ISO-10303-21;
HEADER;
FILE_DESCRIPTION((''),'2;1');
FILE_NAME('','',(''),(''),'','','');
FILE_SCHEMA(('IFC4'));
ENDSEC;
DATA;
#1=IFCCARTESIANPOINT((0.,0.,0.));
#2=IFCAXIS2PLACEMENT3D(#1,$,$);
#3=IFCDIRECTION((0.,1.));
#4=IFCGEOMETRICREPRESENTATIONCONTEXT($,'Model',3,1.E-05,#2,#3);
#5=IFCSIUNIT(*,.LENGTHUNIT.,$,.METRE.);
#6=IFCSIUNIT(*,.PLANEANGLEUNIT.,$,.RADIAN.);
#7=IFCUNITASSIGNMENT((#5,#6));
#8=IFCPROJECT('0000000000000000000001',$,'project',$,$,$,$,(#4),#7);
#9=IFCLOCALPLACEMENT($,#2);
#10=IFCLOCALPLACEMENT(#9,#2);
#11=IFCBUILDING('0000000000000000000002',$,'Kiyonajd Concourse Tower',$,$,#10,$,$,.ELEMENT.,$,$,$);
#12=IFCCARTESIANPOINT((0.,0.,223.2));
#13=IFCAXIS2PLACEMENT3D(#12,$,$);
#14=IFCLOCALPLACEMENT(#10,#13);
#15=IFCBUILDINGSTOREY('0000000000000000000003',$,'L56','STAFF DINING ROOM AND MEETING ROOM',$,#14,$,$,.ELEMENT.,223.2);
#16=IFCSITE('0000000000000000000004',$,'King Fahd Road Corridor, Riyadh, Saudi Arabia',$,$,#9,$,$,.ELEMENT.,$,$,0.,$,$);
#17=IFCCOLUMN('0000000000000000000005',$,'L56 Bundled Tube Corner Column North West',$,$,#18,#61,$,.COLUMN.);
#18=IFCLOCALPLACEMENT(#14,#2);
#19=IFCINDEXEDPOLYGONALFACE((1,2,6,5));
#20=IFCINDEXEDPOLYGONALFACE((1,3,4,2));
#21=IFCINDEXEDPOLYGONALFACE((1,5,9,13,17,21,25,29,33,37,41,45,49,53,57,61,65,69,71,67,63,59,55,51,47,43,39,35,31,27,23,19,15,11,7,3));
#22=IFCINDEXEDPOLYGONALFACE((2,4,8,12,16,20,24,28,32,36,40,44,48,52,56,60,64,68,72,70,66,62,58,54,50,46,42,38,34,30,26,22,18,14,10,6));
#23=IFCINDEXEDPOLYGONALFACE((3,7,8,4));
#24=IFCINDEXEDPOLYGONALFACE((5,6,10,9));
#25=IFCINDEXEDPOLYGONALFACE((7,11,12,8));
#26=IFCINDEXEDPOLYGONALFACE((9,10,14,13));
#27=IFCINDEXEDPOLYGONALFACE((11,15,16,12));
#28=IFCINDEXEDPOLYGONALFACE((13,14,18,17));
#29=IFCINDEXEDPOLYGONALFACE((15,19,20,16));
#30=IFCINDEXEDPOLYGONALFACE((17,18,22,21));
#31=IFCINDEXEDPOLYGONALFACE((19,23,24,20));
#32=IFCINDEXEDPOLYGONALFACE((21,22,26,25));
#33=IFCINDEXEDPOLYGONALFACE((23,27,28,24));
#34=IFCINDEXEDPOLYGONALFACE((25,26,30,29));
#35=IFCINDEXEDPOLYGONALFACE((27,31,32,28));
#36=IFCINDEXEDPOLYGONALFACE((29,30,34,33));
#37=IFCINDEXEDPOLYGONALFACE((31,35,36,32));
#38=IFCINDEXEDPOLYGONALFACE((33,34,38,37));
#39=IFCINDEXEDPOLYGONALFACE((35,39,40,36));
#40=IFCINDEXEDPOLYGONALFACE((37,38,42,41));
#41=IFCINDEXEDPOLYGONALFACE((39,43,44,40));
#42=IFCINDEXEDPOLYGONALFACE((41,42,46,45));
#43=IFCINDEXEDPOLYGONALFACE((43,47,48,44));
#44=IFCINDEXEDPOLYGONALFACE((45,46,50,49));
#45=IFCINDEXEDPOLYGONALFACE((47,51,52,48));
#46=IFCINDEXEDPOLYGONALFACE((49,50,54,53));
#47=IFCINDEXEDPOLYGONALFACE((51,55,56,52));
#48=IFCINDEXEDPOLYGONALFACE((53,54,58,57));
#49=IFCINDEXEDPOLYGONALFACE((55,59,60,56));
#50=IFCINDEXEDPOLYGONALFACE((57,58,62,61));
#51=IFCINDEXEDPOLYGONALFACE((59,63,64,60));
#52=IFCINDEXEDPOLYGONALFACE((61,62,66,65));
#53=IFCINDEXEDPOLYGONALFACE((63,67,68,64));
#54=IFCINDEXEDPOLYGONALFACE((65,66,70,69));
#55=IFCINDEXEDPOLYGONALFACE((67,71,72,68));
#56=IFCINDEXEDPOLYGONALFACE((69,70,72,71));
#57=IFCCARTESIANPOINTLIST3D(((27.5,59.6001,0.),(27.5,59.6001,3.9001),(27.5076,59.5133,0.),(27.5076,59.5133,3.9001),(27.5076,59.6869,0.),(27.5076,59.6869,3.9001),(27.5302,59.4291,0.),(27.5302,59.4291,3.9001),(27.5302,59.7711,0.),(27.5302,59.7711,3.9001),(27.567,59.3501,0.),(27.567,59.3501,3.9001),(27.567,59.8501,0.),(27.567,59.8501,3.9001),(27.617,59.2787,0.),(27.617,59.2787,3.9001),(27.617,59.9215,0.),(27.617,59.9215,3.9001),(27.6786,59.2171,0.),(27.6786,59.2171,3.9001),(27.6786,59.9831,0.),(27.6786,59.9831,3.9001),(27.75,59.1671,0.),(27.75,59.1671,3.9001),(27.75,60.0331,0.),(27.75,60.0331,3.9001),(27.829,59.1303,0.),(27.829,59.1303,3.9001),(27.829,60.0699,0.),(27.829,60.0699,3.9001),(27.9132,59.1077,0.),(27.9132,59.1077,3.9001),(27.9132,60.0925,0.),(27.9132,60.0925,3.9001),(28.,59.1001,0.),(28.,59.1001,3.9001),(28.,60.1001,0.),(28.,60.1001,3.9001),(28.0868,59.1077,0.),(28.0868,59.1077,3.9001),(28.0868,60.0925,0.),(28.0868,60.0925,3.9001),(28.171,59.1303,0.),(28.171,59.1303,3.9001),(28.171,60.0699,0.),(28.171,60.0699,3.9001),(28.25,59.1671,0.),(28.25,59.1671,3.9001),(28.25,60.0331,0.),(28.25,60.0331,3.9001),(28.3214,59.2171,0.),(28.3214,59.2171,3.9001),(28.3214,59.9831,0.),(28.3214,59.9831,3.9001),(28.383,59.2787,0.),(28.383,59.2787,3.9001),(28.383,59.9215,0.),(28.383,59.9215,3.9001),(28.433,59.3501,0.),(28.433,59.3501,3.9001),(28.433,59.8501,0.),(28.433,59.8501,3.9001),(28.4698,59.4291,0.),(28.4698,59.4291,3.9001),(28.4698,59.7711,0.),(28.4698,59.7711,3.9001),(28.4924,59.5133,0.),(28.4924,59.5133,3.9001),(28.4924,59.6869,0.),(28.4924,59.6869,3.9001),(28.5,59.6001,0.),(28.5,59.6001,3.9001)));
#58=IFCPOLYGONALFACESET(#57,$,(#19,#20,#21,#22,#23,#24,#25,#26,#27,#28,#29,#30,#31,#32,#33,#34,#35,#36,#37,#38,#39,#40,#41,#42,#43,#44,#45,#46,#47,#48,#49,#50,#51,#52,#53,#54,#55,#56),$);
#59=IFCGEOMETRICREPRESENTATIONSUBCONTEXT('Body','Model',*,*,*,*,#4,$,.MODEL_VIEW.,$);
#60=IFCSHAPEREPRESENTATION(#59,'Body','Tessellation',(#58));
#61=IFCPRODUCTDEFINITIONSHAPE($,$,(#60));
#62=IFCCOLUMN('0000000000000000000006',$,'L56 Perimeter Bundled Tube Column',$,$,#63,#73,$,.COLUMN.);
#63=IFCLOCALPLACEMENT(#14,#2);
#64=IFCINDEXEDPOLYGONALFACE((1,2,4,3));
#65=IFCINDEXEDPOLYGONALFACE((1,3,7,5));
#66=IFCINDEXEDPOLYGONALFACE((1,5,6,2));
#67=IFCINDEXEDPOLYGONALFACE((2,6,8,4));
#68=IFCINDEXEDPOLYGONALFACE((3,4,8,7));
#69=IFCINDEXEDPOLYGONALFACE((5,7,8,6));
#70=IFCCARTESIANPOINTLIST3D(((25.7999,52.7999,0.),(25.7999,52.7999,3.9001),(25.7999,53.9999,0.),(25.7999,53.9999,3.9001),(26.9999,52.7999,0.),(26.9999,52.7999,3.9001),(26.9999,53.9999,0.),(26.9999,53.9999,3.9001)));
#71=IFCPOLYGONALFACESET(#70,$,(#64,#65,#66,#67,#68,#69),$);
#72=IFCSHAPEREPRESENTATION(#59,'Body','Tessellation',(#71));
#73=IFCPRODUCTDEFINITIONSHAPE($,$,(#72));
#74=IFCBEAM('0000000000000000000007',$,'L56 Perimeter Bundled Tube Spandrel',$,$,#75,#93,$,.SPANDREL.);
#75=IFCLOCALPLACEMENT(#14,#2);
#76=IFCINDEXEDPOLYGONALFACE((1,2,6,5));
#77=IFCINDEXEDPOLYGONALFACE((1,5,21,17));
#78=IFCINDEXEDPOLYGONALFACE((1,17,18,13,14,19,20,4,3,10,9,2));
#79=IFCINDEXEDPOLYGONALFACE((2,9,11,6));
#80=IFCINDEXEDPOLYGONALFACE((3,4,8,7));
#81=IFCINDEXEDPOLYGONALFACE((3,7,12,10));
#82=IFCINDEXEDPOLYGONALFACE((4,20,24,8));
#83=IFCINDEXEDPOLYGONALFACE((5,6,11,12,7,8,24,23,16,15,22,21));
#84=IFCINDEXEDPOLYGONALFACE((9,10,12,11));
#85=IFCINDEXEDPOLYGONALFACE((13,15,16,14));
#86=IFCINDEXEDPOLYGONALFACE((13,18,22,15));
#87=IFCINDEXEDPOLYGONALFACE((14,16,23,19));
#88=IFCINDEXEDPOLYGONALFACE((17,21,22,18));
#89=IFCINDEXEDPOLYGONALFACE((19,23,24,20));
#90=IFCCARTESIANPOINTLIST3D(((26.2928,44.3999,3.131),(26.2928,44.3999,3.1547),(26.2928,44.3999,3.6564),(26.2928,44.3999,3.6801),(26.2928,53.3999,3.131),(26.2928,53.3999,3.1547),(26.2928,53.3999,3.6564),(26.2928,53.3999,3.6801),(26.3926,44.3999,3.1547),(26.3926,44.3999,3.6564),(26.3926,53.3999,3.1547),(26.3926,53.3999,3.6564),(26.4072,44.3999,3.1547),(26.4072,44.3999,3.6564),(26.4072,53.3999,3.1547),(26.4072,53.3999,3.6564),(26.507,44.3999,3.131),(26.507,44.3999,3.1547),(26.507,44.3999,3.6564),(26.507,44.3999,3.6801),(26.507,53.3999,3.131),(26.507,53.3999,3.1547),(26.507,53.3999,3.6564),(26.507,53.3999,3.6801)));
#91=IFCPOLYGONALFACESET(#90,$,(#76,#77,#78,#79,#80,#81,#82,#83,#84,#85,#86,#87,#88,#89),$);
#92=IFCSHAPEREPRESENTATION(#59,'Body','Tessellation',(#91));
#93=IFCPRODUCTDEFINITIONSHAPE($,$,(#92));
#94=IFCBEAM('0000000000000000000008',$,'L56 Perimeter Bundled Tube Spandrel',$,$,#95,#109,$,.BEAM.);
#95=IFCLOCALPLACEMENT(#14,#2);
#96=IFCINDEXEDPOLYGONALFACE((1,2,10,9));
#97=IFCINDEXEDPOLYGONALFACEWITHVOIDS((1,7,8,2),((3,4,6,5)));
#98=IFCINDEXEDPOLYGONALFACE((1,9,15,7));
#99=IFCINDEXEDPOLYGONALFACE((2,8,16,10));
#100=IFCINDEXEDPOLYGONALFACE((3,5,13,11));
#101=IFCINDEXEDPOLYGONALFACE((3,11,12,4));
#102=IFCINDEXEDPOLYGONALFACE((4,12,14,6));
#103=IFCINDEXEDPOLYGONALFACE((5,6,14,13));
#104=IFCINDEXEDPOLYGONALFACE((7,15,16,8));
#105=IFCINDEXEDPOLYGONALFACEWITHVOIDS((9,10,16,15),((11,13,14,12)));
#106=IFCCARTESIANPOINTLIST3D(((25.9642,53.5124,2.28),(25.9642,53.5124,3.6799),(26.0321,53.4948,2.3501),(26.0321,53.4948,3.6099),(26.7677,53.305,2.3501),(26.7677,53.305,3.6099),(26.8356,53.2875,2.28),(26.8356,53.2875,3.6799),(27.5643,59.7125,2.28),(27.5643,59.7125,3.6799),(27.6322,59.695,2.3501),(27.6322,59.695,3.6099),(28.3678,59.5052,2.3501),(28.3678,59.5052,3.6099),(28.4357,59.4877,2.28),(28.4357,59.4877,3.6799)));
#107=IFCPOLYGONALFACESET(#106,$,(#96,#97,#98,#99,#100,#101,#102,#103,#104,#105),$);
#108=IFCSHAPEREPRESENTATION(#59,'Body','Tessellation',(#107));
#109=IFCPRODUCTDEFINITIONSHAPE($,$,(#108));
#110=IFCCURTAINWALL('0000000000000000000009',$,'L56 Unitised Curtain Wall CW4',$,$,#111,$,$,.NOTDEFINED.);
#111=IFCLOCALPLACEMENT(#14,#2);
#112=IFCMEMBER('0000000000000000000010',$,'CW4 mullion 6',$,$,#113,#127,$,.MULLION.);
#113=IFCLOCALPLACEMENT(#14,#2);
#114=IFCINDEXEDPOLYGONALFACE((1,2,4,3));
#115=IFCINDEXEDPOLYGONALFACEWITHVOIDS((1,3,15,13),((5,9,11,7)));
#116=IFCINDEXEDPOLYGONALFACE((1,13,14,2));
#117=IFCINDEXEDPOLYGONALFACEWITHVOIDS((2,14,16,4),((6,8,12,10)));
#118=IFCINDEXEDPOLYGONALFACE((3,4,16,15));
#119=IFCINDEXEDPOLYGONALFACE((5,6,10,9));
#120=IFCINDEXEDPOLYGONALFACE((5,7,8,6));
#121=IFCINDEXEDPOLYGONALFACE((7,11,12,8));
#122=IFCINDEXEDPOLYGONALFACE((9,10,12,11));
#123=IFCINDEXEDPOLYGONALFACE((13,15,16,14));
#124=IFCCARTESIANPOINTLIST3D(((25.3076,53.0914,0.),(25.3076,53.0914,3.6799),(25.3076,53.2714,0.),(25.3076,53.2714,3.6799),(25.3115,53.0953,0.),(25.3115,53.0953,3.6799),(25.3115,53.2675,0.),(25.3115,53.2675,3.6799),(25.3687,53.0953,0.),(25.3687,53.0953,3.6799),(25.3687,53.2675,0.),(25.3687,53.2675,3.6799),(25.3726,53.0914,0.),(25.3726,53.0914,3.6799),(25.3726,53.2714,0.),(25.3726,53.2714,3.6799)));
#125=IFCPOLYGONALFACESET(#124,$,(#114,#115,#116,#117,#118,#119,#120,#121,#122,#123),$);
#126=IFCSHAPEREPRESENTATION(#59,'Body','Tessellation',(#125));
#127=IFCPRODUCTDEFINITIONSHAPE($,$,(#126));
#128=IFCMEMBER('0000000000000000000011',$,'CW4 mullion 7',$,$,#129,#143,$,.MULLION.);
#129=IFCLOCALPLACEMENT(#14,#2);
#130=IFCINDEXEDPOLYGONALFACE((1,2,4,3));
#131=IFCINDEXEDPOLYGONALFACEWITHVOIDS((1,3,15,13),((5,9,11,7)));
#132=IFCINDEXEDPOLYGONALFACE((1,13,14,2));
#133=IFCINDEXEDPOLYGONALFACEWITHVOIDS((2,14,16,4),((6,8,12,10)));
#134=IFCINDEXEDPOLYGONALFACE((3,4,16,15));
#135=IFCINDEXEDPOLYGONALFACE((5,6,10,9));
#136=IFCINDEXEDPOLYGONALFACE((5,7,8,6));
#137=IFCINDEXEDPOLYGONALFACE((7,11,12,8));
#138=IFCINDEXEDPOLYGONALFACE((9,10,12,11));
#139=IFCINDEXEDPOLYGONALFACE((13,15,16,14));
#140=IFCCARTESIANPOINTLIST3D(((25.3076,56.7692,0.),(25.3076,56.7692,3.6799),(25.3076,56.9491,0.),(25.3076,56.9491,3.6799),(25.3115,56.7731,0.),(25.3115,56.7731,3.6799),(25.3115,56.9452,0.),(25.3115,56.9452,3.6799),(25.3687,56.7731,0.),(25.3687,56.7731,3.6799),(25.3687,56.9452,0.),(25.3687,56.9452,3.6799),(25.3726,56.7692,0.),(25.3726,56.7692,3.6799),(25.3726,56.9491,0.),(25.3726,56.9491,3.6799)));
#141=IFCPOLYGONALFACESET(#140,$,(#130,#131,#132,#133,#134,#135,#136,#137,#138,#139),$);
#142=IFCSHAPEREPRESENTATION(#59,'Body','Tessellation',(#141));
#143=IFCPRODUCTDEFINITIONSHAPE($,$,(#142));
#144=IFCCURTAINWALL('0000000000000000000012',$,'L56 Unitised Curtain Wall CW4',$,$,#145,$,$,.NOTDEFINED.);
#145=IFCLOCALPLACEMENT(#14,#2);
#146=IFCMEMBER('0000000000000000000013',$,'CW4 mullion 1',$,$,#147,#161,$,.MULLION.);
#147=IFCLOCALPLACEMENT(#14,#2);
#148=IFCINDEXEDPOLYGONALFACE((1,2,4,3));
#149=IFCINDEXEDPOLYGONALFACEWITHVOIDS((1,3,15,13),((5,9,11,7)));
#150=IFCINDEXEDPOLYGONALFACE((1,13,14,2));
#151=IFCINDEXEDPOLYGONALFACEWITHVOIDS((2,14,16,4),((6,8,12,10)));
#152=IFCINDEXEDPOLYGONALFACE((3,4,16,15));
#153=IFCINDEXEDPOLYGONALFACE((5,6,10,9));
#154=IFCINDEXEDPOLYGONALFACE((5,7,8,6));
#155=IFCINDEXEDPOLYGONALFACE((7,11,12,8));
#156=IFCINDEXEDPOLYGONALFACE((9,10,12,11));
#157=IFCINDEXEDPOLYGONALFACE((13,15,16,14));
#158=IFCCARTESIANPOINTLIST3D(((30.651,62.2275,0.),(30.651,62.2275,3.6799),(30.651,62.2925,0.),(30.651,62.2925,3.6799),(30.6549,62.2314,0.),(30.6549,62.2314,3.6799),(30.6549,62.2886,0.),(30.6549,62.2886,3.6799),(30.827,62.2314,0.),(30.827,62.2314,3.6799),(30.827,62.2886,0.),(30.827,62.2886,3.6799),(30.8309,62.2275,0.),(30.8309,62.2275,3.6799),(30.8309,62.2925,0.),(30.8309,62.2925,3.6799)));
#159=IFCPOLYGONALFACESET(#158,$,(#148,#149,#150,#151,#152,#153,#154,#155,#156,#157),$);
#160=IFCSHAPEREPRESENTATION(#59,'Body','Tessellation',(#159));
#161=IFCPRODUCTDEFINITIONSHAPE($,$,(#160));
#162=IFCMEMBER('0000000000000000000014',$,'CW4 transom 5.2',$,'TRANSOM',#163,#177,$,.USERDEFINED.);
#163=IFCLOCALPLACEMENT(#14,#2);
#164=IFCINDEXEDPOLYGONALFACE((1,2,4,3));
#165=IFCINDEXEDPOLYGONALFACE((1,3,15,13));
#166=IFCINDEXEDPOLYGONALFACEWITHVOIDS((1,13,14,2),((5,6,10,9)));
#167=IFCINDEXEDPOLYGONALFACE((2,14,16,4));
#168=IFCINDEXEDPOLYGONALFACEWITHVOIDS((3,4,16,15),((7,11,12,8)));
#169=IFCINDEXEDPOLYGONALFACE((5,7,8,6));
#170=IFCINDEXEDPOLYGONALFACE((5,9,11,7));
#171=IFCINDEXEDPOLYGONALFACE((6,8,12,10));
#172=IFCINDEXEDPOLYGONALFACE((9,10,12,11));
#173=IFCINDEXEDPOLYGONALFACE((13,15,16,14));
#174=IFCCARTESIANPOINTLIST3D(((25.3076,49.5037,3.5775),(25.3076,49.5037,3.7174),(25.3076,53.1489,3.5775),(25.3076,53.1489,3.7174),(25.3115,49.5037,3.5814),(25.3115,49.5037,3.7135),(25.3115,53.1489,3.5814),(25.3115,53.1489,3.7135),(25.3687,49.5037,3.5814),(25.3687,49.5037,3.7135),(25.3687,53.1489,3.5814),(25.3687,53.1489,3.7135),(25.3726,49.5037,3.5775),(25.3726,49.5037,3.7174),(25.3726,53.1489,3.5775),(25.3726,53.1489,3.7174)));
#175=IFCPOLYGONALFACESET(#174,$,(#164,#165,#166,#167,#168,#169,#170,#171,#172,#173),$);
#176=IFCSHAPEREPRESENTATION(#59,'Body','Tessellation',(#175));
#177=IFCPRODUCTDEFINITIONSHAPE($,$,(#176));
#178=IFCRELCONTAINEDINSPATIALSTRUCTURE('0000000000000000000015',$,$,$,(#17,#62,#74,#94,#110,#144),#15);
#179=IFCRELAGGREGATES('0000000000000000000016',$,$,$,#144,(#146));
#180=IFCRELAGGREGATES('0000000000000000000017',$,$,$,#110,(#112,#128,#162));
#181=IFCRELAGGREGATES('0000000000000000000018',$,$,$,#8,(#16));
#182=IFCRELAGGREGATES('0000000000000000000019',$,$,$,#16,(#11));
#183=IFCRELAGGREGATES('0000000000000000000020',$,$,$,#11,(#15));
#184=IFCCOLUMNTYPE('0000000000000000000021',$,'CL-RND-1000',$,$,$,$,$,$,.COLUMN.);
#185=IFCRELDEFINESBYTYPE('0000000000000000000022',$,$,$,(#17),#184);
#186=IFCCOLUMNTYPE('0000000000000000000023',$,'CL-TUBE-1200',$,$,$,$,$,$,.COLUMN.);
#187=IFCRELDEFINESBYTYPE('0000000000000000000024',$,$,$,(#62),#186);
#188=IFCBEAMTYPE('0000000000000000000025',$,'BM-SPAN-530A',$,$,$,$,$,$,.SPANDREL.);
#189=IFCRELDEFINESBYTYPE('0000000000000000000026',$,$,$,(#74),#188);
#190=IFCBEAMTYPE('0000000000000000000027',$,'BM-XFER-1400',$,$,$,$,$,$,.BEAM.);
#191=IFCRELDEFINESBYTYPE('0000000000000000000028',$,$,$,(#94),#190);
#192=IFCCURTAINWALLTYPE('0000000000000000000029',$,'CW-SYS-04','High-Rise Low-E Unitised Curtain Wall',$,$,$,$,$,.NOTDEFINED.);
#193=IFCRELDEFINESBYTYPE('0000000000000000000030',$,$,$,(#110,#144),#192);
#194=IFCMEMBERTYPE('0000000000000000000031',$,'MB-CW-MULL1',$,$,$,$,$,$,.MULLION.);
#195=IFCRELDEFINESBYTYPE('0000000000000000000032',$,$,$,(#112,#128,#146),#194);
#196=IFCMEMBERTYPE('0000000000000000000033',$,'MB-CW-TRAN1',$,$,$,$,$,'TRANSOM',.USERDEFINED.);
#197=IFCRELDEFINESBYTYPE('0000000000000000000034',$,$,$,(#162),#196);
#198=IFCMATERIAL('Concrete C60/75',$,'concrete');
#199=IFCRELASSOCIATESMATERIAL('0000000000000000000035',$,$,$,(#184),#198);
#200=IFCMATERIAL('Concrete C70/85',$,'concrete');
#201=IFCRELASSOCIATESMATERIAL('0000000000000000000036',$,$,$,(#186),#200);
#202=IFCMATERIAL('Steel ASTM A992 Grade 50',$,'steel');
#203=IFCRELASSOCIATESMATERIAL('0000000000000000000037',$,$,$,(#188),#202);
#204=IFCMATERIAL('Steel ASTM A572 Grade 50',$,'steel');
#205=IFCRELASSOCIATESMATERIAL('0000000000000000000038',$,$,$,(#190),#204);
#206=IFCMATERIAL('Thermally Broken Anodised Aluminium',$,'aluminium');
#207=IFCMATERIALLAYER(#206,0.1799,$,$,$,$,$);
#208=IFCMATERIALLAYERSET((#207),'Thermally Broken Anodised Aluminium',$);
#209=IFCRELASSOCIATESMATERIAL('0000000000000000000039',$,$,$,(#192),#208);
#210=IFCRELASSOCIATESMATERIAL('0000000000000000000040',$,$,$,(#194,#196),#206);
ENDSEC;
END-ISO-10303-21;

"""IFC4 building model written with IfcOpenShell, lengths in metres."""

from ifc_helpers import new_model, si_unit, direction, frame, origin, origin_2d, place, context, subcontext, project, spatial, rectangle, hollow_rectangle, circle, i_section, extrude, material, layer, layer_set, material_profile, profile_set, type_object, element, aggregate, save


model = new_model("IFC4")

# Units and contexts
model_context = context("Model", 3, precision=1e-05, world=origin(), true_north=direction((0.0, 1.0)))
body_context = subcontext(model_context, "Body", "Model", "MODEL_VIEW")
ifc_project = project(units=[si_unit("LENGTHUNIT", "METRE"), si_unit("PLANEANGLEUNIT", "RADIAN")], contexts=[model_context])

# Site, building, storey
site_placement = place(None, origin())
site = spatial("IfcSite", under=ifc_project, at=site_placement, Name="King Fahd Road Corridor, Riyadh, Saudi Arabia", CompositionType="ELEMENT", RefElevation=0.0)
building_placement = place(site_placement, origin())
building = spatial("IfcBuilding", under=site, at=building_placement, Name="Kiyonajd Concourse Tower", CompositionType="ELEMENT")
storey_placement = place(building_placement, frame((0.0, 0.0, 223.2)))
storey = spatial("IfcBuildingStorey", under=building, at=storey_placement, Name="L56", Description="STAFF DINING ROOM AND MEETING ROOM", CompositionType="ELEMENT", Elevation=223.2)

# Columns
ifc_material_1 = material(Name="Concrete C60/75", Category="concrete")
ifc_material_profile_1 = material_profile(ifc_material_1, circle(Radius=0.5, at=origin_2d()), Name="RCC-D1000")
ifc_profile_set_1 = profile_set([ifc_material_profile_1], Name="Concrete C60/75")
column_type_1 = type_object("IfcColumnType", Name="CL-RND-1000", PredefinedType="COLUMN", material=ifc_profile_set_1)
column_1_placement = place(storey_placement, frame((28.0, 59.6001, 0.0), z_axis=(0.0, 0.0, 1.0), x_axis=(1.0, 0.0, 0.0)))
element("IfcColumn", 1, at=column_1_placement, inside=storey, type_object=column_type_1, Name="L56 Bundled Tube Corner Column North West", PredefinedType="COLUMN", context=body_context, shape_type="SweptSolid", body=[
    extrude(circle(Radius=0.5, at=origin_2d()), origin(), (0.0, 0.0, 1.0), 3.9001),
])
ifc_material_2 = material(Name="Concrete C70/85", Category="concrete")
ifc_material_profile_2 = material_profile(ifc_material_2, rectangle(XDim=1.2, YDim=1.2, at=origin_2d()), Name="RC-1200x1200")
ifc_profile_set_2 = profile_set([ifc_material_profile_2], Name="Concrete C70/85")
column_type_2 = type_object("IfcColumnType", Name="CL-TUBE-1200", PredefinedType="COLUMN", material=ifc_profile_set_2)
column_2_placement = place(storey_placement, frame((26.3999, 53.3999, 0.0), z_axis=(0.0, 0.0, 1.0), x_axis=(1.0, 0.0, 0.0)))
element("IfcColumn", 2, at=column_2_placement, inside=storey, type_object=column_type_2, Name="L56 Perimeter Bundled Tube Column", PredefinedType="COLUMN", context=body_context, shape_type="SweptSolid", body=[
    extrude(rectangle(XDim=1.2, YDim=1.2, at=origin_2d()), origin(), (0.0, 0.0, 1.0), 3.9001),
])

# Beams
ifc_material_3 = material(Name="Steel ASTM A992 Grade 50", Category="steel")
ifc_material_profile_3 = material_profile(ifc_material_3, i_section(OverallWidth=0.2141, OverallDepth=0.5491, WebThickness=0.0146, FlangeThickness=0.0237, at=origin_2d()), Name="W530X138")
ifc_profile_set_3 = profile_set([ifc_material_profile_3], Name="Steel ASTM A992 Grade 50")
beam_type_1 = type_object("IfcBeamType", Name="BM-SPAN-530A", PredefinedType="SPANDREL", material=ifc_profile_set_3)
beam_1_placement = place(storey_placement, frame((26.3999, 53.3999, 3.4055), z_axis=(0.0, -1.0, 0.0), x_axis=(1.0, 0.0, 0.0)))
element("IfcBeam", 3, at=beam_1_placement, inside=storey, type_object=beam_type_1, Name="L56 Perimeter Bundled Tube Spandrel", PredefinedType="SPANDREL", context=body_context, shape_type="SweptSolid", body=[
    extrude(i_section(OverallWidth=0.2141, OverallDepth=0.5491, WebThickness=0.0146, FlangeThickness=0.0237, at=origin_2d()), origin(), (0.0, 0.0, 1.0), 9.0),
])
ifc_material_4 = material(Name="Steel ASTM A572 Grade 50", Category="steel")
ifc_material_profile_4 = material_profile(ifc_material_4, hollow_rectangle(XDim=0.8999, YDim=1.3999, WallThickness=0.0701, at=origin_2d()), Name="BOX-1400x900x70")
ifc_profile_set_4 = profile_set([ifc_material_profile_4], Name="Steel ASTM A572 Grade 50")
beam_type_2 = type_object("IfcBeamType", Name="BM-XFER-1400", PredefinedType="BEAM", material=ifc_profile_set_4)
beam_2_placement = place(storey_placement, frame((28.0, 59.6001, 2.98), z_axis=(-0.249885, -0.968276, 0.0), x_axis=(0.968276, -0.249885, 0.0)))
element("IfcBeam", 4, at=beam_2_placement, inside=storey, type_object=beam_type_2, Name="L56 Perimeter Bundled Tube Spandrel", PredefinedType="BEAM", context=body_context, shape_type="SweptSolid", body=[
    extrude(hollow_rectangle(XDim=0.8999, YDim=1.3999, WallThickness=0.0701, at=origin_2d()), origin(), (0.0, 0.0, 1.0), 6.4033),
])

# Curtain wall, members
ifc_material_5 = material(Name="Thermally Broken Anodised Aluminium", Category="aluminium")
ifc_layer_1 = layer(ifc_material_5, 0.1799)
ifc_layer_set_1 = layer_set([ifc_layer_1], Name="Thermally Broken Anodised Aluminium")
curtain_wall_type = type_object("IfcCurtainWallType", Name="CW-SYS-04", Description="High-Rise Low-E Unitised Curtain Wall", PredefinedType="NOTDEFINED", material=ifc_layer_set_1)
curtain_wall_1_placement = place(storey_placement, origin())
curtain_wall_1 = element("IfcCurtainWall", 5, at=curtain_wall_1_placement, inside=storey, type_object=curtain_wall_type, Name="L56 Unitised Curtain Wall CW4", PredefinedType="NOTDEFINED")
ifc_material_profile_5 = material_profile(ifc_material_5, hollow_rectangle(XDim=0.0649, YDim=0.1799, WallThickness=0.0039, at=origin_2d()), Name="MULL-65x180")
ifc_profile_set_5 = profile_set([ifc_material_profile_5], Name="Thermally Broken Anodised Aluminium")
member_type_1 = type_object("IfcMemberType", Name="MB-CW-MULL1", PredefinedType="MULLION", material=ifc_profile_set_5)
member_1_placement = place(storey_placement, frame((25.3401, 53.1814, 0.0), z_axis=(0.0, 0.0, 1.0), x_axis=(-1.0, 0.0, 0.0)))
member_1 = element("IfcMember", 6, at=member_1_placement, type_object=member_type_1, Name="CW4 mullion 6", PredefinedType="MULLION", context=body_context, shape_type="SweptSolid", body=[
    extrude(hollow_rectangle(XDim=0.0649, YDim=0.1799, WallThickness=0.0039, at=origin_2d()), origin(), (0.0, 0.0, 1.0), 3.6799),
])
member_2_placement = place(storey_placement, frame((25.3401, 56.8591, 0.0), z_axis=(0.0, 0.0, 1.0), x_axis=(-1.0, 0.0, 0.0)))
member_2 = element("IfcMember", 7, at=member_2_placement, type_object=member_type_1, Name="CW4 mullion 7", PredefinedType="MULLION", context=body_context, shape_type="SweptSolid", body=[
    extrude(hollow_rectangle(XDim=0.0649, YDim=0.1799, WallThickness=0.0039, at=origin_2d()), origin(), (0.0, 0.0, 1.0), 3.6799),
])

# Curtain wall, member
curtain_wall_2_placement = place(storey_placement, origin())
curtain_wall_2 = element("IfcCurtainWall", 8, at=curtain_wall_2_placement, inside=storey, type_object=curtain_wall_type, Name="L56 Unitised Curtain Wall CW4", PredefinedType="NOTDEFINED")
member_3_placement = place(storey_placement, frame((30.741, 62.26, 0.0), z_axis=(0.0, 0.0, 1.0), x_axis=(0.0, 1.0, 0.0)))
member_3 = element("IfcMember", 9, at=member_3_placement, type_object=member_type_1, Name="CW4 mullion 1", PredefinedType="MULLION", context=body_context, shape_type="SweptSolid", body=[
    extrude(hollow_rectangle(XDim=0.0649, YDim=0.1799, WallThickness=0.0039, at=origin_2d()), origin(), (0.0, 0.0, 1.0), 3.6799),
])

# Member
ifc_material_profile_6 = material_profile(ifc_material_5, hollow_rectangle(XDim=0.0649, YDim=0.1399, WallThickness=0.0039, at=origin_2d()), Name="TRAN-65x140")
ifc_profile_set_6 = profile_set([ifc_material_profile_6], Name="Thermally Broken Anodised Aluminium")
member_type_2 = type_object("IfcMemberType", Name="MB-CW-TRAN1", ElementType="TRANSOM", PredefinedType="USERDEFINED", material=ifc_profile_set_6)
member_4_placement = place(storey_placement, frame((25.3401, 49.5037, 3.6475), z_axis=(0.0, 1.0, 0.0), x_axis=(-1.0, 0.0, 0.0)))
member_4 = element("IfcMember", 10, at=member_4_placement, type_object=member_type_2, Name="CW4 transom 5.2", ObjectType="TRANSOM", PredefinedType="USERDEFINED", context=body_context, shape_type="SweptSolid", body=[
    extrude(hollow_rectangle(XDim=0.0649, YDim=0.1399, WallThickness=0.0039, at=origin_2d()), origin(), (0.0, 0.0, 1.0), 3.6453),
])
aggregate(curtain_wall_2, [member_3])

aggregate(curtain_wall_1, [member_1, member_2, member_4])

save(model, "model.ifc")
